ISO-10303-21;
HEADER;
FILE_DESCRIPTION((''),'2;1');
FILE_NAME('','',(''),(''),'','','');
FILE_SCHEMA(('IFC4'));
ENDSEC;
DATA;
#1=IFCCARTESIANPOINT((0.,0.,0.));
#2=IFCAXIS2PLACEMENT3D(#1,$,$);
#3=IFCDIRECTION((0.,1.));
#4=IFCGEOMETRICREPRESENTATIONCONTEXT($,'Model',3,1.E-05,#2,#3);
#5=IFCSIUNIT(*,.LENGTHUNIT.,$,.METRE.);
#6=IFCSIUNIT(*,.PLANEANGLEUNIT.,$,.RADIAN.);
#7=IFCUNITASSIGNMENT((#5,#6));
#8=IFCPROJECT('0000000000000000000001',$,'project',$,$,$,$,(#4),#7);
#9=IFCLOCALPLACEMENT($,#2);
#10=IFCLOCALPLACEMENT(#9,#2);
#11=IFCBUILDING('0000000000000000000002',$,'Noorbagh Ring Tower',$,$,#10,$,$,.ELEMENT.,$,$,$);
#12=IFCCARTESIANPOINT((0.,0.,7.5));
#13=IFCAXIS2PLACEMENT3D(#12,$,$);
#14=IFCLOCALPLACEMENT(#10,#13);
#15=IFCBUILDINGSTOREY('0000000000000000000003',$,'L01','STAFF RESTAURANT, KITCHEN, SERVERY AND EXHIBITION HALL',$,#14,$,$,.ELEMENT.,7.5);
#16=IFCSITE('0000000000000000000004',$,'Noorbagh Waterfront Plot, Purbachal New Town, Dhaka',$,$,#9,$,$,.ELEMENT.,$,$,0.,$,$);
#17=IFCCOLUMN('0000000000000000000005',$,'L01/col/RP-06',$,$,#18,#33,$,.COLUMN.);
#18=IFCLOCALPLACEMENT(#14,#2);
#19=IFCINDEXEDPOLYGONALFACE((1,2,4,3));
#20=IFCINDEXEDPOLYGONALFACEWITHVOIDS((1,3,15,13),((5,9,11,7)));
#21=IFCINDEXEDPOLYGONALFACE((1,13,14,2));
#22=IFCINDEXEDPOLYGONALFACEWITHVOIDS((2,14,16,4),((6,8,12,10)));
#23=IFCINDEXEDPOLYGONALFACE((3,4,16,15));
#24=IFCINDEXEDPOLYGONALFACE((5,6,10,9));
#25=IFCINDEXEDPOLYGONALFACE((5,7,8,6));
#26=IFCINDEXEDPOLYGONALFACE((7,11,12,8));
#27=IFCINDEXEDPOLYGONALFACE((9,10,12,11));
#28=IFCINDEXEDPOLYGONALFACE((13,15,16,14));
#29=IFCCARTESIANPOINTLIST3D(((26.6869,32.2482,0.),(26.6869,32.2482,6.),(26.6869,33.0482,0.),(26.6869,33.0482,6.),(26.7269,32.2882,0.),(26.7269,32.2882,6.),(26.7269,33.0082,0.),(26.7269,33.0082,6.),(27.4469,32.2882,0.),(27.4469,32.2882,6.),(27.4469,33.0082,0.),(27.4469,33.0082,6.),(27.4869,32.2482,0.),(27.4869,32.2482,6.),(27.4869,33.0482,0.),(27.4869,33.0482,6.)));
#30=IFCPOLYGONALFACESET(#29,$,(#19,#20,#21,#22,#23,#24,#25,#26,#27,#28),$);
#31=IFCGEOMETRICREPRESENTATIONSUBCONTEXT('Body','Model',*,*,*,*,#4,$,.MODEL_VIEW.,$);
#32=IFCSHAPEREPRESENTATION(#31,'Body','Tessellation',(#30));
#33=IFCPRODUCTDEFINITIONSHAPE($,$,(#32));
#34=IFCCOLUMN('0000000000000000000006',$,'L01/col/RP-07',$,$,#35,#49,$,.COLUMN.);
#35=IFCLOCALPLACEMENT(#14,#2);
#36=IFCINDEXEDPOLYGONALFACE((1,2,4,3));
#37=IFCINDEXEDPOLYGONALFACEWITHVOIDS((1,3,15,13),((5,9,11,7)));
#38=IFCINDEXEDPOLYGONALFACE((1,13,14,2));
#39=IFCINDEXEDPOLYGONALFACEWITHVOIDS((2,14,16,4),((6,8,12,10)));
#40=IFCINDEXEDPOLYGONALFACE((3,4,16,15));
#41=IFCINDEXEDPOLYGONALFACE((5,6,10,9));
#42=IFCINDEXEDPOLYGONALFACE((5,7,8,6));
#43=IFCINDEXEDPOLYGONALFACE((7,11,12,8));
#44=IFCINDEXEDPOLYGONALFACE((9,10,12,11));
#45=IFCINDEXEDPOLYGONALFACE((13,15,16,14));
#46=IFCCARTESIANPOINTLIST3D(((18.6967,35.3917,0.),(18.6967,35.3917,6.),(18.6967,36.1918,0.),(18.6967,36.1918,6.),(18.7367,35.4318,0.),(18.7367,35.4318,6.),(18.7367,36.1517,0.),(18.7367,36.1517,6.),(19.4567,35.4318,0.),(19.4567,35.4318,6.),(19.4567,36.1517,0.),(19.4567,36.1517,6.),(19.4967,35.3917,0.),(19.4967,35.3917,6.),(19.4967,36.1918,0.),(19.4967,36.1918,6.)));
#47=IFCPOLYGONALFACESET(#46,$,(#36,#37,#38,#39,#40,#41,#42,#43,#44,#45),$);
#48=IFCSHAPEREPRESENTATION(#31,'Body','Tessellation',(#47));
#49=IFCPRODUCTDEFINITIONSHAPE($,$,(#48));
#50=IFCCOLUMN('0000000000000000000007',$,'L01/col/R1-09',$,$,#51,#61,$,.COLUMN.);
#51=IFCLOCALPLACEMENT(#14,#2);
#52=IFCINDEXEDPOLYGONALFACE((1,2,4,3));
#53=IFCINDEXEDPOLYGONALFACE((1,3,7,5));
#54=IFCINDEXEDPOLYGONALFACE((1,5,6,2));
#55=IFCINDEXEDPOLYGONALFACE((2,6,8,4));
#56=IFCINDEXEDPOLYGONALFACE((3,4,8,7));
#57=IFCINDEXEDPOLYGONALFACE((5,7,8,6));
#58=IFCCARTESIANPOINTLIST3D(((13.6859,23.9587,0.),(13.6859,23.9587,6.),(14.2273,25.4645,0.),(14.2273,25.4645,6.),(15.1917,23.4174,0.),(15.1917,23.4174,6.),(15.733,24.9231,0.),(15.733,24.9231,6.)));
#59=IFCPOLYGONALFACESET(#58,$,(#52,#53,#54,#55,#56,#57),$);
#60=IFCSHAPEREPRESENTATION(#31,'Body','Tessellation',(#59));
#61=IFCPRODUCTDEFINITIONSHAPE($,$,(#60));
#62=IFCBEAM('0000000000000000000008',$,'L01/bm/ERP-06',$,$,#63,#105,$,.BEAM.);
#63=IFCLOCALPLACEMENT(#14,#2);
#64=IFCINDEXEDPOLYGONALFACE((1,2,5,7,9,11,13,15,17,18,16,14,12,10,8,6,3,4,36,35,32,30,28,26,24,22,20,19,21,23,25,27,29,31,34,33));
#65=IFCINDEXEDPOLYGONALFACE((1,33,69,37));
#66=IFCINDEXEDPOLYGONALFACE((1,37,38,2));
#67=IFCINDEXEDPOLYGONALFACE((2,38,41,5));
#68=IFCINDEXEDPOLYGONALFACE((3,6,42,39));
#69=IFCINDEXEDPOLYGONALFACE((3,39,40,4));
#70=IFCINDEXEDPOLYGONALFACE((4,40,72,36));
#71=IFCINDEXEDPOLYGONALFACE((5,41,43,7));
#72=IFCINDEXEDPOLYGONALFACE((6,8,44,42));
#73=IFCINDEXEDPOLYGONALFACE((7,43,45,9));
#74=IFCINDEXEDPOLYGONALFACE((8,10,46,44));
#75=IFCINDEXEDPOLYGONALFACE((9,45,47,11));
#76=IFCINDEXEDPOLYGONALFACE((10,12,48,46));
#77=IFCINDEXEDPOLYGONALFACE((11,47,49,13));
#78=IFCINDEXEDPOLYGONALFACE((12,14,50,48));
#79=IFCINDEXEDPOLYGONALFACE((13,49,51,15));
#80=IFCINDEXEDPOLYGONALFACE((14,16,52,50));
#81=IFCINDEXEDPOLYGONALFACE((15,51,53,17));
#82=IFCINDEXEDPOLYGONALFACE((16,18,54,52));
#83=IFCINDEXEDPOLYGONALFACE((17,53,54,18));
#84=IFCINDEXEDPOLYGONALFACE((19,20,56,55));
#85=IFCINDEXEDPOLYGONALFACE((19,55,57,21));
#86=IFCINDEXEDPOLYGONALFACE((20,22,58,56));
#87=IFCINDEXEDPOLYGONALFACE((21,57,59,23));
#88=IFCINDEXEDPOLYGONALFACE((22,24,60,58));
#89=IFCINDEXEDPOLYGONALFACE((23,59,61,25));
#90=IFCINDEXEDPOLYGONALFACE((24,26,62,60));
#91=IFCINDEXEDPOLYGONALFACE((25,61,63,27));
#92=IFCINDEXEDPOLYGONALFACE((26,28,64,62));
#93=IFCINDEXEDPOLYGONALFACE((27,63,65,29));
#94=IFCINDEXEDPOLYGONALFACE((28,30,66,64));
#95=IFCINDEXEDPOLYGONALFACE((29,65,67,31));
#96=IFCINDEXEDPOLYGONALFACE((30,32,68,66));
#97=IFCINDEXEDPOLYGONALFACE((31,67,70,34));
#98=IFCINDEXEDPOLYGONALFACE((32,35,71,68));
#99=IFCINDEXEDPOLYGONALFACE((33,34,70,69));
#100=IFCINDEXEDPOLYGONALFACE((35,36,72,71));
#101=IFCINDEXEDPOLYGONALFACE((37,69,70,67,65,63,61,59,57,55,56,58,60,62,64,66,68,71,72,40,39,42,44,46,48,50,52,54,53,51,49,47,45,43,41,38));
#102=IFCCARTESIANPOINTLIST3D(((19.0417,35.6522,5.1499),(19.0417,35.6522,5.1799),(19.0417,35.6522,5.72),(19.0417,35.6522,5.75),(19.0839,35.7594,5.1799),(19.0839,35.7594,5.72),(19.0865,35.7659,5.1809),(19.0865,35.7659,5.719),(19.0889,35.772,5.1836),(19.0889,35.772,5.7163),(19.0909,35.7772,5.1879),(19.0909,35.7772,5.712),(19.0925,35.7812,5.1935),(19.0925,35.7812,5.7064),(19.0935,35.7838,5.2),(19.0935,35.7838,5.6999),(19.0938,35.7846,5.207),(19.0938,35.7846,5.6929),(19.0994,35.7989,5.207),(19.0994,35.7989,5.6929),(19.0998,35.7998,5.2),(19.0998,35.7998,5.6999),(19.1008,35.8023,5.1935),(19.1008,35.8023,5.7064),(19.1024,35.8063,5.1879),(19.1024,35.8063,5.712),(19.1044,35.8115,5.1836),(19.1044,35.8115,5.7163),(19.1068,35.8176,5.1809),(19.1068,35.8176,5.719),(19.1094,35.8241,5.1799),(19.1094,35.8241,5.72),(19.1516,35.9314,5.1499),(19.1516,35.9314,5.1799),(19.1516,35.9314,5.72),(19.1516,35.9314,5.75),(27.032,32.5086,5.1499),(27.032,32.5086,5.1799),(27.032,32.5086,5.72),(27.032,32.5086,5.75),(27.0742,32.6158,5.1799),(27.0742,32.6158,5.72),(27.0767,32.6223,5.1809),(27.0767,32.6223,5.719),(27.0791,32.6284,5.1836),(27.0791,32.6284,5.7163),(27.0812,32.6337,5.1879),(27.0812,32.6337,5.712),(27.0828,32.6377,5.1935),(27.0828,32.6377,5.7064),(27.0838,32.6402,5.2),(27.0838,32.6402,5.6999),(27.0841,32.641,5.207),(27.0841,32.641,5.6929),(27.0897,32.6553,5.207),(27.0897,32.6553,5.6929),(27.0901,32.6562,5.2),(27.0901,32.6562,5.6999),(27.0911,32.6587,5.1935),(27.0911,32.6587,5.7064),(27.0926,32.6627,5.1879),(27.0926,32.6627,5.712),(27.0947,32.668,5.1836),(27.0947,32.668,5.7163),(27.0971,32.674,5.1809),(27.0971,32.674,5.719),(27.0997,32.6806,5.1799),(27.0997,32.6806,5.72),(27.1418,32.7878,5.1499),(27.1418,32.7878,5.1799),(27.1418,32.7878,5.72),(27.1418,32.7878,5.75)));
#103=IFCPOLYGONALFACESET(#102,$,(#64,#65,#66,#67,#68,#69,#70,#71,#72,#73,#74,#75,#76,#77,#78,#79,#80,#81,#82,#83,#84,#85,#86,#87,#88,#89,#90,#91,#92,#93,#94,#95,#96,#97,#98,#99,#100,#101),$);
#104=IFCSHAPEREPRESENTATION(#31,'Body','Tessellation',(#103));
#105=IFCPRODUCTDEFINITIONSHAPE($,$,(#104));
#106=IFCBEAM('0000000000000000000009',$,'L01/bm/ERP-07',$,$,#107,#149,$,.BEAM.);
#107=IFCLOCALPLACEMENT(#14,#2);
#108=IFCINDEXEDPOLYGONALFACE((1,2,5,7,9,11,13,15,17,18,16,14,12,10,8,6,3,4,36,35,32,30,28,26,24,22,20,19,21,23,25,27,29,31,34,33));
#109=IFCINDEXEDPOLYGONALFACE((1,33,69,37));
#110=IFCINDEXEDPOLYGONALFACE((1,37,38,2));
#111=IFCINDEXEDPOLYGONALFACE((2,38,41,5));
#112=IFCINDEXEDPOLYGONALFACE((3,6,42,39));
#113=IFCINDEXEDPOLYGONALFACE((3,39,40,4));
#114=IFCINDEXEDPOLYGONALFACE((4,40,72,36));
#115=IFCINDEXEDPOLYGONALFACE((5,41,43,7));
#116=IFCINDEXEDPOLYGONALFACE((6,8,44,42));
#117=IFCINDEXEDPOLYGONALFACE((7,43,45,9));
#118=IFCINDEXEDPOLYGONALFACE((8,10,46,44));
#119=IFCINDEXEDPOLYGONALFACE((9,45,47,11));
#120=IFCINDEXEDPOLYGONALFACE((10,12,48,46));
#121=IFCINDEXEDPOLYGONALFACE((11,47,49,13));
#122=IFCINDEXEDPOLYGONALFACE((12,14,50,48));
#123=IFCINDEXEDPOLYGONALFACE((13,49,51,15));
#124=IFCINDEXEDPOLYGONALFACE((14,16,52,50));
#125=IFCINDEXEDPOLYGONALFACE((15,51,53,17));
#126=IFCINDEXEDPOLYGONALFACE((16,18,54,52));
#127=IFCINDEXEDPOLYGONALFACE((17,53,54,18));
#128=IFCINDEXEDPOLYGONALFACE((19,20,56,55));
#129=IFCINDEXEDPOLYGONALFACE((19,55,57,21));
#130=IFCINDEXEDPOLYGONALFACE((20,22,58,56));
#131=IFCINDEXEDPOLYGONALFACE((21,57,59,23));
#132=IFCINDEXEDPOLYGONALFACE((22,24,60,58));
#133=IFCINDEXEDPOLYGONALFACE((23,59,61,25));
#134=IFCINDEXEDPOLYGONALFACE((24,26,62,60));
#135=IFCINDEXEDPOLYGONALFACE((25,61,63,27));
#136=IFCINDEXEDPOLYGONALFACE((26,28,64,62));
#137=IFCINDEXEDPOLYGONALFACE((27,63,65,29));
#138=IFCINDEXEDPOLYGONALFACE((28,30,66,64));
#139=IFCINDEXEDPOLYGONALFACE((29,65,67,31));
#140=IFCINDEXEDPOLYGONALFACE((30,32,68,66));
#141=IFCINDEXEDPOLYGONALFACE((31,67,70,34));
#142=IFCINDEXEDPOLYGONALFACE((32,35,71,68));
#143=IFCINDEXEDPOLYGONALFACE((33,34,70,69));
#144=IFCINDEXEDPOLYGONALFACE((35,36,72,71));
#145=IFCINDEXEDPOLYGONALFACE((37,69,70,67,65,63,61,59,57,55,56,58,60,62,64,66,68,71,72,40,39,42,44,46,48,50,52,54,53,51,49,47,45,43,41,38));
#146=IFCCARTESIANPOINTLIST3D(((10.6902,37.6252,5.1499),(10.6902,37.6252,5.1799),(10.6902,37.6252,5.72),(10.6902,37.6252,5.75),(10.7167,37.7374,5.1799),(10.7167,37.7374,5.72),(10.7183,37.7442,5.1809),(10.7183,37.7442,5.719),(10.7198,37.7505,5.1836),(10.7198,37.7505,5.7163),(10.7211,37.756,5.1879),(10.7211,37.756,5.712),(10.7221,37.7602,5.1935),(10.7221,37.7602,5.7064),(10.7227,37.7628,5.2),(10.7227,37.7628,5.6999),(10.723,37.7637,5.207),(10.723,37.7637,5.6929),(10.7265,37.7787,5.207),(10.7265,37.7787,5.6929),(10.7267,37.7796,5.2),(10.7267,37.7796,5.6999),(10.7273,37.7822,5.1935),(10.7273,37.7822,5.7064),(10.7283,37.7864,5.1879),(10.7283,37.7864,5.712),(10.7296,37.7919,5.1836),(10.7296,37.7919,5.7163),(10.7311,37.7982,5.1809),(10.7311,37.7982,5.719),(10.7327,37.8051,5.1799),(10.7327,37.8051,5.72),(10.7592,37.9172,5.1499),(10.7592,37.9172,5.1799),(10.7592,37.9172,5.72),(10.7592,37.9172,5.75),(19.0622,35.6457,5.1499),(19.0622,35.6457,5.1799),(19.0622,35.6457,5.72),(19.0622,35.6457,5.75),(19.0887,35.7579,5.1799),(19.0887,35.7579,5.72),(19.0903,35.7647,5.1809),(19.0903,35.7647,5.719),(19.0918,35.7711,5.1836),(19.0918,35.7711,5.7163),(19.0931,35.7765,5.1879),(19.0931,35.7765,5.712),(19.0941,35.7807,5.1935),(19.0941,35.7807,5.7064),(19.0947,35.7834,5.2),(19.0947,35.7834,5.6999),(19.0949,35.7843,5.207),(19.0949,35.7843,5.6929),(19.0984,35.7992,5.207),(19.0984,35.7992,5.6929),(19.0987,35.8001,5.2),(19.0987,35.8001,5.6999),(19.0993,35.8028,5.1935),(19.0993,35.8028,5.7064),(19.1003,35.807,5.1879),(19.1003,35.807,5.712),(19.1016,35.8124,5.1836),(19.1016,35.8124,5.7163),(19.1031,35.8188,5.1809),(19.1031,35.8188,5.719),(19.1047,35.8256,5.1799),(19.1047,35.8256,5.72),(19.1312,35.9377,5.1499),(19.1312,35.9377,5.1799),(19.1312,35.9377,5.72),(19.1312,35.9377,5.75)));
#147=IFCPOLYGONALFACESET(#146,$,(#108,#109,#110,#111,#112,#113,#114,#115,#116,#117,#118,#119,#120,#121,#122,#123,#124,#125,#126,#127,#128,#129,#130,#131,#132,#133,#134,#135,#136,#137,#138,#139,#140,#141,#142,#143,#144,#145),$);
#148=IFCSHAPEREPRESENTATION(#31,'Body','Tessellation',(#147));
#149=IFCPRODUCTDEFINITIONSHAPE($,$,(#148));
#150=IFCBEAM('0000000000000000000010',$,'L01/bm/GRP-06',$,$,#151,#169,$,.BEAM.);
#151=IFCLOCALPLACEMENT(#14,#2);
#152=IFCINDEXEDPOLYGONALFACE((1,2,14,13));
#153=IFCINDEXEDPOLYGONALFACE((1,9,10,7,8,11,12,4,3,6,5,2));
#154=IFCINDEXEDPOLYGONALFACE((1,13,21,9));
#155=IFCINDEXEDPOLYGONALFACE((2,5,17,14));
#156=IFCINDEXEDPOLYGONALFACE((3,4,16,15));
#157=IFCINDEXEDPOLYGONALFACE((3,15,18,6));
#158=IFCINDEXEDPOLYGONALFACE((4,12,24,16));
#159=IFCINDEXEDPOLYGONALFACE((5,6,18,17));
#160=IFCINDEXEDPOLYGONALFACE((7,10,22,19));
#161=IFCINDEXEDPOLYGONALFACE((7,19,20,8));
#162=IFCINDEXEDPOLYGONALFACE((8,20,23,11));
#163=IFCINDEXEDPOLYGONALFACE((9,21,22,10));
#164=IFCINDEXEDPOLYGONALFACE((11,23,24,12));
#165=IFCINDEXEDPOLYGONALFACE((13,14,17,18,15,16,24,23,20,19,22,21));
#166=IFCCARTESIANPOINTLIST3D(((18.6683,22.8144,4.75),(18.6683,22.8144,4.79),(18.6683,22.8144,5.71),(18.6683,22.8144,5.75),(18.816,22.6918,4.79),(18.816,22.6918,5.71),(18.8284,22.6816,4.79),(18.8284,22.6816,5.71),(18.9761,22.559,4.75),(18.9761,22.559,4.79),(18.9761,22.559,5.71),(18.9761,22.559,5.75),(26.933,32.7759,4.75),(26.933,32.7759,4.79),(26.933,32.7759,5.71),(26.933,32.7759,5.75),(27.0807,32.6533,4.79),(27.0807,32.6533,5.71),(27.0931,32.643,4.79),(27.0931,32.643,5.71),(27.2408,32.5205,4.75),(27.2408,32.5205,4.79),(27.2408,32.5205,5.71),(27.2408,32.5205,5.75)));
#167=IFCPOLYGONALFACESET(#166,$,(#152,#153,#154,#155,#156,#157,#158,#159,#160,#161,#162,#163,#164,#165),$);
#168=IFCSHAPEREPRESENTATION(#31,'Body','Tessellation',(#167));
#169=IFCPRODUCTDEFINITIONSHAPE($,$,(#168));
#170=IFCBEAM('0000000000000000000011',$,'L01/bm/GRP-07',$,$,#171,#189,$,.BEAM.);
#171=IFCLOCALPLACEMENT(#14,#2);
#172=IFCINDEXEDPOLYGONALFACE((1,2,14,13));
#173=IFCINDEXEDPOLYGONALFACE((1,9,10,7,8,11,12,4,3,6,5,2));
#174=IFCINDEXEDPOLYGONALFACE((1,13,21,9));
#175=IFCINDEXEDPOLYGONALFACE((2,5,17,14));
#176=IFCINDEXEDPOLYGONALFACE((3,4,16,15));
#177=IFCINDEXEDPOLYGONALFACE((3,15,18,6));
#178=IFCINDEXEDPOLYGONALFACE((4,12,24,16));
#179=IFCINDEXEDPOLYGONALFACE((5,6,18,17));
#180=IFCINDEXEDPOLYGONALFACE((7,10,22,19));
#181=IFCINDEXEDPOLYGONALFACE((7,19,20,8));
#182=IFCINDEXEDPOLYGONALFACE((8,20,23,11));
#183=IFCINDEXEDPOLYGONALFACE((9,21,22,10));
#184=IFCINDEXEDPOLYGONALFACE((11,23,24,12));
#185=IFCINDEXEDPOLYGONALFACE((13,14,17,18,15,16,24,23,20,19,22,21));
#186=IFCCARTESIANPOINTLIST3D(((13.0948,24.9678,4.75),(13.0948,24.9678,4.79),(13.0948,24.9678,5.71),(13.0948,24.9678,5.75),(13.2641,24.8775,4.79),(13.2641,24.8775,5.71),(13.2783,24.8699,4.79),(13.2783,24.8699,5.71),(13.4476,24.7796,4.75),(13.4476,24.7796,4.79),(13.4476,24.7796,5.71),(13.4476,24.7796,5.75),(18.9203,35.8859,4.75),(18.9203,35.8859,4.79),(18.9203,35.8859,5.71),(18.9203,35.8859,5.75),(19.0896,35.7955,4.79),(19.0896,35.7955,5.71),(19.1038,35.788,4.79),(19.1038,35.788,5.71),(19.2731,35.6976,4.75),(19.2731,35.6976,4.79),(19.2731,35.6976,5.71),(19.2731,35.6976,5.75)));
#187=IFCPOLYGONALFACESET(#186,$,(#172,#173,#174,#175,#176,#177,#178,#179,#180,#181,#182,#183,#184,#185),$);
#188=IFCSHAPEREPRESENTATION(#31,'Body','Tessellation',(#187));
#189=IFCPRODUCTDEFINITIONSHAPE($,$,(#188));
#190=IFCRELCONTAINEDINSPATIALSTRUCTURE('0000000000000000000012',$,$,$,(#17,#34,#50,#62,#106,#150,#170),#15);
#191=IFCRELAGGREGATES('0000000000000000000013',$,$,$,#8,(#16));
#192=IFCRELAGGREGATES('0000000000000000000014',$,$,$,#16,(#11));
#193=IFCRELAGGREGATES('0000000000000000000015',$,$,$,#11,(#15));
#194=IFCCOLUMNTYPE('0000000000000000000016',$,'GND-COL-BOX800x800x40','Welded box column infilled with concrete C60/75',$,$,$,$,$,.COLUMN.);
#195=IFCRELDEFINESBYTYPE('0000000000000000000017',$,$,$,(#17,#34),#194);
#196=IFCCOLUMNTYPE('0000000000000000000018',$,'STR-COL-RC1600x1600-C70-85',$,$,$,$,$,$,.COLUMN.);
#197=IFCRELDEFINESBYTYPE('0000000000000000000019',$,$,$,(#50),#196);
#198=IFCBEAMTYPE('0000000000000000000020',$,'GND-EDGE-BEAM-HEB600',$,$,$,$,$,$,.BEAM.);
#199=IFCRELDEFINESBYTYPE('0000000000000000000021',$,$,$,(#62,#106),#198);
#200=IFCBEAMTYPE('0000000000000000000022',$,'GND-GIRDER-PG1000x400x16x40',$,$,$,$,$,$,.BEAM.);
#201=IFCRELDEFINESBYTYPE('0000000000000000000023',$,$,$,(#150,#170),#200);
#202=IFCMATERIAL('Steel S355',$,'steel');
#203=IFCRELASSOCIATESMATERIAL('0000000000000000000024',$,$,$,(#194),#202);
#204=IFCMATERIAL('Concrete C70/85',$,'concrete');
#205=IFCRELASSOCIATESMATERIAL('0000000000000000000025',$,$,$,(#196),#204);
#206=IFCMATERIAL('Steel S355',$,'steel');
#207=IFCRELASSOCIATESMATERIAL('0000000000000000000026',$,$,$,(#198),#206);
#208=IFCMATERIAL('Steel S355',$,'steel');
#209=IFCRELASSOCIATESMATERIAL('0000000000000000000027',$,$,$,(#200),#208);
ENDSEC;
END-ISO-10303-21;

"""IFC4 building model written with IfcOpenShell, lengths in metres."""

from ifc_helpers import new_model, si_unit, direction, frame, origin, origin_2d, place, context, subcontext, project, spatial, rectangle, hollow_rectangle, i_section, extrude, material, material_profile, profile_set, type_object, element, save


model = new_model("IFC4")

# Units and contexts
model_context = context("Model", 3, precision=1e-05, world=origin(), true_north=direction((0.0, 1.0)))
body_context = subcontext(model_context, "Body", "Model", "MODEL_VIEW")
ifc_project = project(units=[si_unit("LENGTHUNIT", "METRE"), si_unit("PLANEANGLEUNIT", "RADIAN")], contexts=[model_context])

# Site, building, storey
site_placement = place(None, origin())
site = spatial("IfcSite", under=ifc_project, at=site_placement, Name="Noorbagh Waterfront Plot, Purbachal New Town, Dhaka", CompositionType="ELEMENT", RefElevation=0.0)
building_placement = place(site_placement, origin())
building = spatial("IfcBuilding", under=site, at=building_placement, Name="Noorbagh Ring Tower", CompositionType="ELEMENT")
storey_placement = place(building_placement, frame((0.0, 0.0, 7.5)))
storey = spatial("IfcBuildingStorey", under=building, at=storey_placement, Name="L01", Description="STAFF RESTAURANT, KITCHEN, SERVERY AND EXHIBITION HALL", CompositionType="ELEMENT", Elevation=7.5)

# Columns
ifc_material_1 = material(Name="Steel S355", Category="steel")
ifc_material_profile_1 = material_profile(ifc_material_1, hollow_rectangle(XDim=0.8, YDim=0.8, WallThickness=0.04, at=origin_2d()), Name="BOX800x800x40")
ifc_profile_set_1 = profile_set([ifc_material_profile_1], Name="Steel S355")
column_type_1 = type_object("IfcColumnType", Name="GND-COL-BOX800x800x40", Description="Welded box column infilled with concrete C60/75", PredefinedType="COLUMN", material=ifc_profile_set_1)
for number, where, z_axis, x_axis, name in (
    (1, (27.0869, 32.6482, 0.0), (0.0, 0.0, 1.0), (1.0, 0.0, 0.0), "L01/col/RP-06"),
    (2, (19.0967, 35.7917, 0.0), (0.0, 0.0, 1.0), (1.0, 0.0, 0.0), "L01/col/RP-07"),
):
    element("IfcColumn", number, at=place(storey_placement, frame(where, z_axis=z_axis, x_axis=x_axis)), inside=storey, type_object=column_type_1, Name=name, PredefinedType="COLUMN", context=body_context, shape_type="SweptSolid", body=[
        extrude(hollow_rectangle(XDim=0.8, YDim=0.8, WallThickness=0.04, at=origin_2d()), origin(), (0.0, 0.0, 1.0), 6.0),
    ])
ifc_material_2 = material(Name="Concrete C70/85", Category="concrete")
ifc_material_profile_2 = material_profile(ifc_material_2, rectangle(XDim=1.6001, YDim=1.6001, at=origin_2d()), Name="RC1600x1600")
ifc_profile_set_2 = profile_set([ifc_material_profile_2], Name="Concrete C70/85")
column_type_2 = type_object("IfcColumnType", Name="STR-COL-RC1600x1600-C70-85", PredefinedType="COLUMN", material=ifc_profile_set_2)
column_placement = place(storey_placement, frame((14.7095, 24.4409, 0.0), z_axis=(0.0, 0.0, 1.0), x_axis=(-0.941025, 0.338338, 0.0)))
element("IfcColumn", 3, at=column_placement, inside=storey, type_object=column_type_2, Name="L01/col/R1-09", PredefinedType="COLUMN", context=body_context, shape_type="SweptSolid", body=[
    extrude(rectangle(XDim=1.6001, YDim=1.6001, at=origin_2d()), origin(), (0.0, 0.0, 1.0), 6.0),
])

# Beams
ifc_material_3 = material(Name="Steel S355", Category="steel")
ifc_material_profile_3 = material_profile(ifc_material_3, i_section(OverallWidth=0.3, OverallDepth=0.6001, WebThickness=0.0154, FlangeThickness=0.03, FilletRadius=0.0271, at=origin_2d()), Name="HEB600")
ifc_profile_set_3 = profile_set([ifc_material_profile_3], Name="Steel S355")
beam_type_1 = type_object("IfcBeamType", Name="GND-EDGE-BEAM-HEB600", PredefinedType="BEAM", material=ifc_profile_set_3)
beam_1_placement = place(storey_placement, frame((27.0869, 32.6482, 5.45), z_axis=(-0.930572, 0.36611, 0.0), x_axis=(-0.36611, -0.930572, 0.0)))
element("IfcBeam", 4, at=beam_1_placement, inside=storey, type_object=beam_type_1, Name="L01/bm/ERP-06", PredefinedType="BEAM", context=body_context, shape_type="SweptSolid", body=[
    extrude(i_section(OverallWidth=0.3, OverallDepth=0.6001, WebThickness=0.0154, FlangeThickness=0.03, FilletRadius=0.0271, at=origin_2d()), origin(), (0.0, 0.0, 1.0), 8.5864),
])
beam_2_placement = place(storey_placement, frame((19.0967, 35.7917, 5.45), z_axis=(-0.973168, 0.230096, 0.0), x_axis=(-0.230096, -0.973168, 0.0)))
element("IfcBeam", 5, at=beam_2_placement, inside=storey, type_object=beam_type_1, Name="L01/bm/ERP-07", PredefinedType="BEAM", context=body_context, shape_type="SweptSolid", body=[
    extrude(i_section(OverallWidth=0.3, OverallDepth=0.6001, WebThickness=0.0154, FlangeThickness=0.03, FilletRadius=0.0271, at=origin_2d()), origin(), (0.0, 0.0, 1.0), 8.6028),
])
ifc_material_4 = material(Name="Steel S355", Category="steel")
ifc_material_profile_4 = material_profile(ifc_material_4, i_section(OverallWidth=0.3999, OverallDepth=1.0, WebThickness=0.0161, FlangeThickness=0.04, at=origin_2d()), Name="PG1000x400x16x40")
ifc_profile_set_4 = profile_set([ifc_material_profile_4], Name="Steel S355")
beam_type_2 = type_object("IfcBeamType", Name="GND-GIRDER-PG1000x400x16x40", PredefinedType="BEAM", material=ifc_profile_set_4)
beam_3_placement = place(storey_placement, frame((27.0869, 32.6482, 5.25), z_axis=(-0.638517, -0.769608, 0.0), x_axis=(0.769608, -0.638517, 0.0)))
element("IfcBeam", 6, at=beam_3_placement, inside=storey, type_object=beam_type_2, Name="L01/bm/GRP-06", PredefinedType="BEAM", context=body_context, shape_type="SweptSolid", body=[
    extrude(i_section(OverallWidth=0.3999, OverallDepth=1.0, WebThickness=0.0161, FlangeThickness=0.04, at=origin_2d()), origin(), (0.0, 0.0, 1.0), 12.9436),
])
beam_4_placement = place(storey_placement, frame((19.0967, 35.7917, 5.25), z_axis=(-0.470747, -0.882268, 0.0), x_axis=(0.882268, -0.470747, 0.0)))
element("IfcBeam", 7, at=beam_4_placement, inside=storey, type_object=beam_type_2, Name="L01/bm/GRP-07", PredefinedType="BEAM", context=body_context, shape_type="SweptSolid", body=[
    extrude(i_section(OverallWidth=0.3999, OverallDepth=1.0, WebThickness=0.0161, FlangeThickness=0.04, at=origin_2d()), origin(), (0.0, 0.0, 1.0), 12.375),
])

save(model, "model.ifc")
